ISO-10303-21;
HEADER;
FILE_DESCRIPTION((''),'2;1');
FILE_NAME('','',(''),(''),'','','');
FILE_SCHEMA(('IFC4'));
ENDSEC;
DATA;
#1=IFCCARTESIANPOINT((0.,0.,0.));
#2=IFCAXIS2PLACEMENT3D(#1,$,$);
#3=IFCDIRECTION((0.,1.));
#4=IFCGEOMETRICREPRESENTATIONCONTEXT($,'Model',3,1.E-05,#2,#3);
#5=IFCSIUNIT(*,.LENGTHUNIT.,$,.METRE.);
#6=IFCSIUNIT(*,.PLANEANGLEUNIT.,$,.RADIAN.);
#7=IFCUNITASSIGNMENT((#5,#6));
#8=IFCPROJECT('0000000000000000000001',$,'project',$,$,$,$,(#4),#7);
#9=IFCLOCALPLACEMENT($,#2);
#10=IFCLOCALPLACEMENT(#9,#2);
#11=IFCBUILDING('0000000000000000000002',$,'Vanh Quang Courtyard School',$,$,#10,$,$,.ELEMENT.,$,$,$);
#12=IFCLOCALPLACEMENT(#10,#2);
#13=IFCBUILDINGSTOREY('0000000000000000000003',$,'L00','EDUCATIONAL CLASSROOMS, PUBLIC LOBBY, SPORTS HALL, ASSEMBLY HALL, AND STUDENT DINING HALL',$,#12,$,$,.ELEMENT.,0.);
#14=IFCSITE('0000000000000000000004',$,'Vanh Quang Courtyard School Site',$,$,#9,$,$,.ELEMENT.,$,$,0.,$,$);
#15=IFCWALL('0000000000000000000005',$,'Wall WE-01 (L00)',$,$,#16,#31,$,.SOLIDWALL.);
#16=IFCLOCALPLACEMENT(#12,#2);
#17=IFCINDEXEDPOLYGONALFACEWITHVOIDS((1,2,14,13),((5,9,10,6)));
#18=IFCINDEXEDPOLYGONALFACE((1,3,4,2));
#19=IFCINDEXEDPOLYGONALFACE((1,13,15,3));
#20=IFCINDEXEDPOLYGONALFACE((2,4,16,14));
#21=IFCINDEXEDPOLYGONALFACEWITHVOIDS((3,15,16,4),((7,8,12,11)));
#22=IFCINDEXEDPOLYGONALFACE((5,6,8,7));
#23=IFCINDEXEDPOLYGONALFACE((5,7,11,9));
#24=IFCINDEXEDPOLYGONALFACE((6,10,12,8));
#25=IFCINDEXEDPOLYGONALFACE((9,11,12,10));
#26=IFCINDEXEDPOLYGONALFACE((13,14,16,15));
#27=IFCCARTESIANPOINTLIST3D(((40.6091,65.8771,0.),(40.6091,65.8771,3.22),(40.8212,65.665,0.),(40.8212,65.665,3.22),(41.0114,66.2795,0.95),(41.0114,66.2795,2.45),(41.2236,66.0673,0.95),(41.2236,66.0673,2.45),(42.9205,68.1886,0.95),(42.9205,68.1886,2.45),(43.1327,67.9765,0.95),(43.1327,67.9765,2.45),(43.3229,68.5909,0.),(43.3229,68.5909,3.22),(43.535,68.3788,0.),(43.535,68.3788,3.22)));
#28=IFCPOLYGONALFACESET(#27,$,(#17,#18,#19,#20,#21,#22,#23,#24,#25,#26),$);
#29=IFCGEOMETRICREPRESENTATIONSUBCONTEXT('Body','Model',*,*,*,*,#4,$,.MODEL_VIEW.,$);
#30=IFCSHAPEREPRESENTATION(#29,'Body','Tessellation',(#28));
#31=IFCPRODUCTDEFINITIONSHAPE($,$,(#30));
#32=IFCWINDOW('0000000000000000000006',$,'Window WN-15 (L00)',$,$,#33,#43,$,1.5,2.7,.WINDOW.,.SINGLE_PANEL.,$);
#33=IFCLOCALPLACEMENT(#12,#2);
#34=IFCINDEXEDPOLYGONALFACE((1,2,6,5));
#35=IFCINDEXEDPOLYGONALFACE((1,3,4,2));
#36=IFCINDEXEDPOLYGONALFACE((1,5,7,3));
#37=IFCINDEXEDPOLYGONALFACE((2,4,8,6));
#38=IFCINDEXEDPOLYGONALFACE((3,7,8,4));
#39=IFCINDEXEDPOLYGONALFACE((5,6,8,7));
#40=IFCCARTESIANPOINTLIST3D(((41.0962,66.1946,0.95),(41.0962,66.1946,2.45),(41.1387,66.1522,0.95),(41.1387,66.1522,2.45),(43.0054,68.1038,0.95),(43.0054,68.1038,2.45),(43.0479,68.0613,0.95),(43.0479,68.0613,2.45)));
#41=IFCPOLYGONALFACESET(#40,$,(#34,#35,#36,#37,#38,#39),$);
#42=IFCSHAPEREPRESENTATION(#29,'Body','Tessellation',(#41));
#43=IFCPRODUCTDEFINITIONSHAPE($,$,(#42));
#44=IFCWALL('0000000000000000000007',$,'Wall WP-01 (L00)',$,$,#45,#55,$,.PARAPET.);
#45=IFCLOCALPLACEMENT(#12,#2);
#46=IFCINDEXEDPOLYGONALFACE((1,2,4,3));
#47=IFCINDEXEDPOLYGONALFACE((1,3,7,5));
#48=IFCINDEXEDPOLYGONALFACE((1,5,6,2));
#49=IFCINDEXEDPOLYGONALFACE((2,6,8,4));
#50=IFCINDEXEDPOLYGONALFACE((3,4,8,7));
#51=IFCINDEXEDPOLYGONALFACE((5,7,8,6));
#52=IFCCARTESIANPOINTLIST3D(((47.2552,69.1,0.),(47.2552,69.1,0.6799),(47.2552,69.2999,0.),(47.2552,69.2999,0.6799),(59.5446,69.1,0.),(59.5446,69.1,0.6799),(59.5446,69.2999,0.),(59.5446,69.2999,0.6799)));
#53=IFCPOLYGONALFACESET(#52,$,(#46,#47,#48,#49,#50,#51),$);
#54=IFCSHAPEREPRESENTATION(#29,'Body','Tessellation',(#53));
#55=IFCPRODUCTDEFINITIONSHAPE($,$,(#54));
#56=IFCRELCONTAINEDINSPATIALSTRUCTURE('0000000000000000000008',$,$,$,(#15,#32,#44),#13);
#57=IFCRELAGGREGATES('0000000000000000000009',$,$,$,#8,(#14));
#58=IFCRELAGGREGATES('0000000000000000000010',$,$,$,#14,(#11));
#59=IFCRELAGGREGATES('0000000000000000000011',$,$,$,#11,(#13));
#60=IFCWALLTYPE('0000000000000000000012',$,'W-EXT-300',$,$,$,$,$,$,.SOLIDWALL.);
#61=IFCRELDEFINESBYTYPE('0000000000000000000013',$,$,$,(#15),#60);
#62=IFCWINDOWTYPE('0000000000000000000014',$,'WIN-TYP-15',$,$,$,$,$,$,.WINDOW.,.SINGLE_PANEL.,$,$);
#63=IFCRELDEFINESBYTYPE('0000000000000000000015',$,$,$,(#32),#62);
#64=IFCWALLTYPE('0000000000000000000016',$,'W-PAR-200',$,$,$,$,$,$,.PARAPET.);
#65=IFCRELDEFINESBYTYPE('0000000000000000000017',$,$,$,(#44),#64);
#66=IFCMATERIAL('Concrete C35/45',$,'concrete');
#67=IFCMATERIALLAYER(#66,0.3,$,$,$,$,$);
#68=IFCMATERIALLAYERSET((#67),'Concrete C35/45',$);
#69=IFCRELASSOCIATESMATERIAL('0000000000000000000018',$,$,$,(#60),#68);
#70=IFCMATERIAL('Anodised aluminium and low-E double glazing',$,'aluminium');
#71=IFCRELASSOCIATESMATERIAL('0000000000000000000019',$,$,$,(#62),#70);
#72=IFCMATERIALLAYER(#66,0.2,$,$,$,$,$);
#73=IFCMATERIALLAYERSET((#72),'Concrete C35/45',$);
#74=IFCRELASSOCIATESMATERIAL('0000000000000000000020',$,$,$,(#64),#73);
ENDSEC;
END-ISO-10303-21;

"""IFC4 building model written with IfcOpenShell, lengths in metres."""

from ifc_helpers import new_model, si_unit, direction, frame, frame_2d, origin, place, context, subcontext, project, spatial, rectangle, extrude, material, layer, layer_set, type_object, element, fill, save


model = new_model("IFC4")

# Units and contexts
model_context = context("Model", 3, precision=1e-05, world=origin(), true_north=direction((0.0, 1.0)))
body_context = subcontext(model_context, "Body", "Model", "MODEL_VIEW")
ifc_project = project(units=[si_unit("LENGTHUNIT", "METRE"), si_unit("PLANEANGLEUNIT", "RADIAN")], contexts=[model_context])

# Site, building, storey
site_placement = place(None, origin())
site = spatial("IfcSite", under=ifc_project, at=site_placement, Name="Vanh Quang Courtyard School Site", CompositionType="ELEMENT", RefElevation=0.0)
building_placement = place(site_placement, origin())
building = spatial("IfcBuilding", under=site, at=building_placement, Name="Vanh Quang Courtyard School", CompositionType="ELEMENT")
storey_placement = place(building_placement, origin())
storey = spatial("IfcBuildingStorey", under=building, at=storey_placement, Name="L00", Description="EDUCATIONAL CLASSROOMS, PUBLIC LOBBY, SPORTS HALL, ASSEMBLY HALL, AND STUDENT DINING HALL", CompositionType="ELEMENT", Elevation=0.0)

# Shared definitions
ifc_material_1 = material(Name="Concrete C35/45", Category="concrete")

# Wall, opening, window
ifc_layer_1 = layer(ifc_material_1, 0.3)
ifc_layer_set_1 = layer_set([ifc_layer_1], Name="Concrete C35/45")
wall_type_1 = type_object("IfcWallType", Name="W-EXT-300", PredefinedType="SOLIDWALL", material=ifc_layer_set_1)
wall_1_placement = place(storey_placement, frame((43.429, 68.4849, 0.0), z_axis=(0.0, 0.0, 1.0), x_axis=(-0.707107, -0.707107, 0.0)))
wall_1 = element("IfcWall", 1, at=wall_1_placement, inside=storey, type_object=wall_type_1, Name="Wall WE-01 (L00)", PredefinedType="SOLIDWALL", context=body_context, shape_type="SweptSolid", body=[
    extrude(rectangle(XDim=3.8379, YDim=0.3, at=frame_2d((1.9189, 0.0))), origin(), (0.0, 0.0, 1.0), 3.22),
])
opening_placement = place(wall_1_placement, frame((0.5688, 0.0, 0.95)))
opening = element("IfcOpeningElement", 2, at=opening_placement, cuts=wall_1, PredefinedType="OPENING", context=body_context, shape_type="SweptSolid", body=[
    extrude(rectangle(XDim=2.7, YDim=1.5, at=frame_2d((1.3501, 0.75))), frame((0.0, 0.1602, 0.0), z_axis=(0.0, -1.0, 0.0), x_axis=(1.0, 0.0, 0.0)), (0.0, 0.0, 1.0), 0.3201),
])
ifc_material_2 = material(Name="Anodised aluminium and low-E double glazing", Category="aluminium")
window_type = type_object("IfcWindowType", Name="WIN-TYP-15", PartitioningType="SINGLE_PANEL", PredefinedType="WINDOW", material=ifc_material_2)
window_placement = place(opening_placement, origin())
window = element("IfcWindow", 3, at=window_placement, inside=storey, type_object=window_type, Name="Window WN-15 (L00)", OverallHeight=1.5, OverallWidth=2.7, PartitioningType="SINGLE_PANEL", PredefinedType="WINDOW", context=body_context, shape_type="SweptSolid", body=[
    extrude(rectangle(XDim=2.7, YDim=1.5, at=frame_2d((1.3501, 0.75))), frame((0.0, 0.03, 0.0), z_axis=(0.0, -1.0, 0.0), x_axis=(1.0, 0.0, 0.0)), (0.0, 0.0, 1.0), 0.0601),
])
fill(opening, window)

# Wall
ifc_layer_2 = layer(ifc_material_1, 0.2)
ifc_layer_set_2 = layer_set([ifc_layer_2], Name="Concrete C35/45")
wall_type_2 = type_object("IfcWallType", Name="W-PAR-200", PredefinedType="PARAPET", material=ifc_layer_set_2)
wall_2_placement = place(storey_placement, frame((47.2554, 69.2, 0.0), z_axis=(0.0, 0.0, 1.0), x_axis=(1.0, 0.0, 0.0)))
element("IfcWall", 4, at=wall_2_placement, inside=storey, type_object=wall_type_2, Name="Wall WP-01 (L00)", PredefinedType="PARAPET", context=body_context, shape_type="SweptSolid", body=[
    extrude(rectangle(XDim=12.2893, YDim=0.2, at=frame_2d((6.1445, 0.0))), origin(), (0.0, 0.0, 1.0), 0.6799),
])

save(model, "model.ifc")
